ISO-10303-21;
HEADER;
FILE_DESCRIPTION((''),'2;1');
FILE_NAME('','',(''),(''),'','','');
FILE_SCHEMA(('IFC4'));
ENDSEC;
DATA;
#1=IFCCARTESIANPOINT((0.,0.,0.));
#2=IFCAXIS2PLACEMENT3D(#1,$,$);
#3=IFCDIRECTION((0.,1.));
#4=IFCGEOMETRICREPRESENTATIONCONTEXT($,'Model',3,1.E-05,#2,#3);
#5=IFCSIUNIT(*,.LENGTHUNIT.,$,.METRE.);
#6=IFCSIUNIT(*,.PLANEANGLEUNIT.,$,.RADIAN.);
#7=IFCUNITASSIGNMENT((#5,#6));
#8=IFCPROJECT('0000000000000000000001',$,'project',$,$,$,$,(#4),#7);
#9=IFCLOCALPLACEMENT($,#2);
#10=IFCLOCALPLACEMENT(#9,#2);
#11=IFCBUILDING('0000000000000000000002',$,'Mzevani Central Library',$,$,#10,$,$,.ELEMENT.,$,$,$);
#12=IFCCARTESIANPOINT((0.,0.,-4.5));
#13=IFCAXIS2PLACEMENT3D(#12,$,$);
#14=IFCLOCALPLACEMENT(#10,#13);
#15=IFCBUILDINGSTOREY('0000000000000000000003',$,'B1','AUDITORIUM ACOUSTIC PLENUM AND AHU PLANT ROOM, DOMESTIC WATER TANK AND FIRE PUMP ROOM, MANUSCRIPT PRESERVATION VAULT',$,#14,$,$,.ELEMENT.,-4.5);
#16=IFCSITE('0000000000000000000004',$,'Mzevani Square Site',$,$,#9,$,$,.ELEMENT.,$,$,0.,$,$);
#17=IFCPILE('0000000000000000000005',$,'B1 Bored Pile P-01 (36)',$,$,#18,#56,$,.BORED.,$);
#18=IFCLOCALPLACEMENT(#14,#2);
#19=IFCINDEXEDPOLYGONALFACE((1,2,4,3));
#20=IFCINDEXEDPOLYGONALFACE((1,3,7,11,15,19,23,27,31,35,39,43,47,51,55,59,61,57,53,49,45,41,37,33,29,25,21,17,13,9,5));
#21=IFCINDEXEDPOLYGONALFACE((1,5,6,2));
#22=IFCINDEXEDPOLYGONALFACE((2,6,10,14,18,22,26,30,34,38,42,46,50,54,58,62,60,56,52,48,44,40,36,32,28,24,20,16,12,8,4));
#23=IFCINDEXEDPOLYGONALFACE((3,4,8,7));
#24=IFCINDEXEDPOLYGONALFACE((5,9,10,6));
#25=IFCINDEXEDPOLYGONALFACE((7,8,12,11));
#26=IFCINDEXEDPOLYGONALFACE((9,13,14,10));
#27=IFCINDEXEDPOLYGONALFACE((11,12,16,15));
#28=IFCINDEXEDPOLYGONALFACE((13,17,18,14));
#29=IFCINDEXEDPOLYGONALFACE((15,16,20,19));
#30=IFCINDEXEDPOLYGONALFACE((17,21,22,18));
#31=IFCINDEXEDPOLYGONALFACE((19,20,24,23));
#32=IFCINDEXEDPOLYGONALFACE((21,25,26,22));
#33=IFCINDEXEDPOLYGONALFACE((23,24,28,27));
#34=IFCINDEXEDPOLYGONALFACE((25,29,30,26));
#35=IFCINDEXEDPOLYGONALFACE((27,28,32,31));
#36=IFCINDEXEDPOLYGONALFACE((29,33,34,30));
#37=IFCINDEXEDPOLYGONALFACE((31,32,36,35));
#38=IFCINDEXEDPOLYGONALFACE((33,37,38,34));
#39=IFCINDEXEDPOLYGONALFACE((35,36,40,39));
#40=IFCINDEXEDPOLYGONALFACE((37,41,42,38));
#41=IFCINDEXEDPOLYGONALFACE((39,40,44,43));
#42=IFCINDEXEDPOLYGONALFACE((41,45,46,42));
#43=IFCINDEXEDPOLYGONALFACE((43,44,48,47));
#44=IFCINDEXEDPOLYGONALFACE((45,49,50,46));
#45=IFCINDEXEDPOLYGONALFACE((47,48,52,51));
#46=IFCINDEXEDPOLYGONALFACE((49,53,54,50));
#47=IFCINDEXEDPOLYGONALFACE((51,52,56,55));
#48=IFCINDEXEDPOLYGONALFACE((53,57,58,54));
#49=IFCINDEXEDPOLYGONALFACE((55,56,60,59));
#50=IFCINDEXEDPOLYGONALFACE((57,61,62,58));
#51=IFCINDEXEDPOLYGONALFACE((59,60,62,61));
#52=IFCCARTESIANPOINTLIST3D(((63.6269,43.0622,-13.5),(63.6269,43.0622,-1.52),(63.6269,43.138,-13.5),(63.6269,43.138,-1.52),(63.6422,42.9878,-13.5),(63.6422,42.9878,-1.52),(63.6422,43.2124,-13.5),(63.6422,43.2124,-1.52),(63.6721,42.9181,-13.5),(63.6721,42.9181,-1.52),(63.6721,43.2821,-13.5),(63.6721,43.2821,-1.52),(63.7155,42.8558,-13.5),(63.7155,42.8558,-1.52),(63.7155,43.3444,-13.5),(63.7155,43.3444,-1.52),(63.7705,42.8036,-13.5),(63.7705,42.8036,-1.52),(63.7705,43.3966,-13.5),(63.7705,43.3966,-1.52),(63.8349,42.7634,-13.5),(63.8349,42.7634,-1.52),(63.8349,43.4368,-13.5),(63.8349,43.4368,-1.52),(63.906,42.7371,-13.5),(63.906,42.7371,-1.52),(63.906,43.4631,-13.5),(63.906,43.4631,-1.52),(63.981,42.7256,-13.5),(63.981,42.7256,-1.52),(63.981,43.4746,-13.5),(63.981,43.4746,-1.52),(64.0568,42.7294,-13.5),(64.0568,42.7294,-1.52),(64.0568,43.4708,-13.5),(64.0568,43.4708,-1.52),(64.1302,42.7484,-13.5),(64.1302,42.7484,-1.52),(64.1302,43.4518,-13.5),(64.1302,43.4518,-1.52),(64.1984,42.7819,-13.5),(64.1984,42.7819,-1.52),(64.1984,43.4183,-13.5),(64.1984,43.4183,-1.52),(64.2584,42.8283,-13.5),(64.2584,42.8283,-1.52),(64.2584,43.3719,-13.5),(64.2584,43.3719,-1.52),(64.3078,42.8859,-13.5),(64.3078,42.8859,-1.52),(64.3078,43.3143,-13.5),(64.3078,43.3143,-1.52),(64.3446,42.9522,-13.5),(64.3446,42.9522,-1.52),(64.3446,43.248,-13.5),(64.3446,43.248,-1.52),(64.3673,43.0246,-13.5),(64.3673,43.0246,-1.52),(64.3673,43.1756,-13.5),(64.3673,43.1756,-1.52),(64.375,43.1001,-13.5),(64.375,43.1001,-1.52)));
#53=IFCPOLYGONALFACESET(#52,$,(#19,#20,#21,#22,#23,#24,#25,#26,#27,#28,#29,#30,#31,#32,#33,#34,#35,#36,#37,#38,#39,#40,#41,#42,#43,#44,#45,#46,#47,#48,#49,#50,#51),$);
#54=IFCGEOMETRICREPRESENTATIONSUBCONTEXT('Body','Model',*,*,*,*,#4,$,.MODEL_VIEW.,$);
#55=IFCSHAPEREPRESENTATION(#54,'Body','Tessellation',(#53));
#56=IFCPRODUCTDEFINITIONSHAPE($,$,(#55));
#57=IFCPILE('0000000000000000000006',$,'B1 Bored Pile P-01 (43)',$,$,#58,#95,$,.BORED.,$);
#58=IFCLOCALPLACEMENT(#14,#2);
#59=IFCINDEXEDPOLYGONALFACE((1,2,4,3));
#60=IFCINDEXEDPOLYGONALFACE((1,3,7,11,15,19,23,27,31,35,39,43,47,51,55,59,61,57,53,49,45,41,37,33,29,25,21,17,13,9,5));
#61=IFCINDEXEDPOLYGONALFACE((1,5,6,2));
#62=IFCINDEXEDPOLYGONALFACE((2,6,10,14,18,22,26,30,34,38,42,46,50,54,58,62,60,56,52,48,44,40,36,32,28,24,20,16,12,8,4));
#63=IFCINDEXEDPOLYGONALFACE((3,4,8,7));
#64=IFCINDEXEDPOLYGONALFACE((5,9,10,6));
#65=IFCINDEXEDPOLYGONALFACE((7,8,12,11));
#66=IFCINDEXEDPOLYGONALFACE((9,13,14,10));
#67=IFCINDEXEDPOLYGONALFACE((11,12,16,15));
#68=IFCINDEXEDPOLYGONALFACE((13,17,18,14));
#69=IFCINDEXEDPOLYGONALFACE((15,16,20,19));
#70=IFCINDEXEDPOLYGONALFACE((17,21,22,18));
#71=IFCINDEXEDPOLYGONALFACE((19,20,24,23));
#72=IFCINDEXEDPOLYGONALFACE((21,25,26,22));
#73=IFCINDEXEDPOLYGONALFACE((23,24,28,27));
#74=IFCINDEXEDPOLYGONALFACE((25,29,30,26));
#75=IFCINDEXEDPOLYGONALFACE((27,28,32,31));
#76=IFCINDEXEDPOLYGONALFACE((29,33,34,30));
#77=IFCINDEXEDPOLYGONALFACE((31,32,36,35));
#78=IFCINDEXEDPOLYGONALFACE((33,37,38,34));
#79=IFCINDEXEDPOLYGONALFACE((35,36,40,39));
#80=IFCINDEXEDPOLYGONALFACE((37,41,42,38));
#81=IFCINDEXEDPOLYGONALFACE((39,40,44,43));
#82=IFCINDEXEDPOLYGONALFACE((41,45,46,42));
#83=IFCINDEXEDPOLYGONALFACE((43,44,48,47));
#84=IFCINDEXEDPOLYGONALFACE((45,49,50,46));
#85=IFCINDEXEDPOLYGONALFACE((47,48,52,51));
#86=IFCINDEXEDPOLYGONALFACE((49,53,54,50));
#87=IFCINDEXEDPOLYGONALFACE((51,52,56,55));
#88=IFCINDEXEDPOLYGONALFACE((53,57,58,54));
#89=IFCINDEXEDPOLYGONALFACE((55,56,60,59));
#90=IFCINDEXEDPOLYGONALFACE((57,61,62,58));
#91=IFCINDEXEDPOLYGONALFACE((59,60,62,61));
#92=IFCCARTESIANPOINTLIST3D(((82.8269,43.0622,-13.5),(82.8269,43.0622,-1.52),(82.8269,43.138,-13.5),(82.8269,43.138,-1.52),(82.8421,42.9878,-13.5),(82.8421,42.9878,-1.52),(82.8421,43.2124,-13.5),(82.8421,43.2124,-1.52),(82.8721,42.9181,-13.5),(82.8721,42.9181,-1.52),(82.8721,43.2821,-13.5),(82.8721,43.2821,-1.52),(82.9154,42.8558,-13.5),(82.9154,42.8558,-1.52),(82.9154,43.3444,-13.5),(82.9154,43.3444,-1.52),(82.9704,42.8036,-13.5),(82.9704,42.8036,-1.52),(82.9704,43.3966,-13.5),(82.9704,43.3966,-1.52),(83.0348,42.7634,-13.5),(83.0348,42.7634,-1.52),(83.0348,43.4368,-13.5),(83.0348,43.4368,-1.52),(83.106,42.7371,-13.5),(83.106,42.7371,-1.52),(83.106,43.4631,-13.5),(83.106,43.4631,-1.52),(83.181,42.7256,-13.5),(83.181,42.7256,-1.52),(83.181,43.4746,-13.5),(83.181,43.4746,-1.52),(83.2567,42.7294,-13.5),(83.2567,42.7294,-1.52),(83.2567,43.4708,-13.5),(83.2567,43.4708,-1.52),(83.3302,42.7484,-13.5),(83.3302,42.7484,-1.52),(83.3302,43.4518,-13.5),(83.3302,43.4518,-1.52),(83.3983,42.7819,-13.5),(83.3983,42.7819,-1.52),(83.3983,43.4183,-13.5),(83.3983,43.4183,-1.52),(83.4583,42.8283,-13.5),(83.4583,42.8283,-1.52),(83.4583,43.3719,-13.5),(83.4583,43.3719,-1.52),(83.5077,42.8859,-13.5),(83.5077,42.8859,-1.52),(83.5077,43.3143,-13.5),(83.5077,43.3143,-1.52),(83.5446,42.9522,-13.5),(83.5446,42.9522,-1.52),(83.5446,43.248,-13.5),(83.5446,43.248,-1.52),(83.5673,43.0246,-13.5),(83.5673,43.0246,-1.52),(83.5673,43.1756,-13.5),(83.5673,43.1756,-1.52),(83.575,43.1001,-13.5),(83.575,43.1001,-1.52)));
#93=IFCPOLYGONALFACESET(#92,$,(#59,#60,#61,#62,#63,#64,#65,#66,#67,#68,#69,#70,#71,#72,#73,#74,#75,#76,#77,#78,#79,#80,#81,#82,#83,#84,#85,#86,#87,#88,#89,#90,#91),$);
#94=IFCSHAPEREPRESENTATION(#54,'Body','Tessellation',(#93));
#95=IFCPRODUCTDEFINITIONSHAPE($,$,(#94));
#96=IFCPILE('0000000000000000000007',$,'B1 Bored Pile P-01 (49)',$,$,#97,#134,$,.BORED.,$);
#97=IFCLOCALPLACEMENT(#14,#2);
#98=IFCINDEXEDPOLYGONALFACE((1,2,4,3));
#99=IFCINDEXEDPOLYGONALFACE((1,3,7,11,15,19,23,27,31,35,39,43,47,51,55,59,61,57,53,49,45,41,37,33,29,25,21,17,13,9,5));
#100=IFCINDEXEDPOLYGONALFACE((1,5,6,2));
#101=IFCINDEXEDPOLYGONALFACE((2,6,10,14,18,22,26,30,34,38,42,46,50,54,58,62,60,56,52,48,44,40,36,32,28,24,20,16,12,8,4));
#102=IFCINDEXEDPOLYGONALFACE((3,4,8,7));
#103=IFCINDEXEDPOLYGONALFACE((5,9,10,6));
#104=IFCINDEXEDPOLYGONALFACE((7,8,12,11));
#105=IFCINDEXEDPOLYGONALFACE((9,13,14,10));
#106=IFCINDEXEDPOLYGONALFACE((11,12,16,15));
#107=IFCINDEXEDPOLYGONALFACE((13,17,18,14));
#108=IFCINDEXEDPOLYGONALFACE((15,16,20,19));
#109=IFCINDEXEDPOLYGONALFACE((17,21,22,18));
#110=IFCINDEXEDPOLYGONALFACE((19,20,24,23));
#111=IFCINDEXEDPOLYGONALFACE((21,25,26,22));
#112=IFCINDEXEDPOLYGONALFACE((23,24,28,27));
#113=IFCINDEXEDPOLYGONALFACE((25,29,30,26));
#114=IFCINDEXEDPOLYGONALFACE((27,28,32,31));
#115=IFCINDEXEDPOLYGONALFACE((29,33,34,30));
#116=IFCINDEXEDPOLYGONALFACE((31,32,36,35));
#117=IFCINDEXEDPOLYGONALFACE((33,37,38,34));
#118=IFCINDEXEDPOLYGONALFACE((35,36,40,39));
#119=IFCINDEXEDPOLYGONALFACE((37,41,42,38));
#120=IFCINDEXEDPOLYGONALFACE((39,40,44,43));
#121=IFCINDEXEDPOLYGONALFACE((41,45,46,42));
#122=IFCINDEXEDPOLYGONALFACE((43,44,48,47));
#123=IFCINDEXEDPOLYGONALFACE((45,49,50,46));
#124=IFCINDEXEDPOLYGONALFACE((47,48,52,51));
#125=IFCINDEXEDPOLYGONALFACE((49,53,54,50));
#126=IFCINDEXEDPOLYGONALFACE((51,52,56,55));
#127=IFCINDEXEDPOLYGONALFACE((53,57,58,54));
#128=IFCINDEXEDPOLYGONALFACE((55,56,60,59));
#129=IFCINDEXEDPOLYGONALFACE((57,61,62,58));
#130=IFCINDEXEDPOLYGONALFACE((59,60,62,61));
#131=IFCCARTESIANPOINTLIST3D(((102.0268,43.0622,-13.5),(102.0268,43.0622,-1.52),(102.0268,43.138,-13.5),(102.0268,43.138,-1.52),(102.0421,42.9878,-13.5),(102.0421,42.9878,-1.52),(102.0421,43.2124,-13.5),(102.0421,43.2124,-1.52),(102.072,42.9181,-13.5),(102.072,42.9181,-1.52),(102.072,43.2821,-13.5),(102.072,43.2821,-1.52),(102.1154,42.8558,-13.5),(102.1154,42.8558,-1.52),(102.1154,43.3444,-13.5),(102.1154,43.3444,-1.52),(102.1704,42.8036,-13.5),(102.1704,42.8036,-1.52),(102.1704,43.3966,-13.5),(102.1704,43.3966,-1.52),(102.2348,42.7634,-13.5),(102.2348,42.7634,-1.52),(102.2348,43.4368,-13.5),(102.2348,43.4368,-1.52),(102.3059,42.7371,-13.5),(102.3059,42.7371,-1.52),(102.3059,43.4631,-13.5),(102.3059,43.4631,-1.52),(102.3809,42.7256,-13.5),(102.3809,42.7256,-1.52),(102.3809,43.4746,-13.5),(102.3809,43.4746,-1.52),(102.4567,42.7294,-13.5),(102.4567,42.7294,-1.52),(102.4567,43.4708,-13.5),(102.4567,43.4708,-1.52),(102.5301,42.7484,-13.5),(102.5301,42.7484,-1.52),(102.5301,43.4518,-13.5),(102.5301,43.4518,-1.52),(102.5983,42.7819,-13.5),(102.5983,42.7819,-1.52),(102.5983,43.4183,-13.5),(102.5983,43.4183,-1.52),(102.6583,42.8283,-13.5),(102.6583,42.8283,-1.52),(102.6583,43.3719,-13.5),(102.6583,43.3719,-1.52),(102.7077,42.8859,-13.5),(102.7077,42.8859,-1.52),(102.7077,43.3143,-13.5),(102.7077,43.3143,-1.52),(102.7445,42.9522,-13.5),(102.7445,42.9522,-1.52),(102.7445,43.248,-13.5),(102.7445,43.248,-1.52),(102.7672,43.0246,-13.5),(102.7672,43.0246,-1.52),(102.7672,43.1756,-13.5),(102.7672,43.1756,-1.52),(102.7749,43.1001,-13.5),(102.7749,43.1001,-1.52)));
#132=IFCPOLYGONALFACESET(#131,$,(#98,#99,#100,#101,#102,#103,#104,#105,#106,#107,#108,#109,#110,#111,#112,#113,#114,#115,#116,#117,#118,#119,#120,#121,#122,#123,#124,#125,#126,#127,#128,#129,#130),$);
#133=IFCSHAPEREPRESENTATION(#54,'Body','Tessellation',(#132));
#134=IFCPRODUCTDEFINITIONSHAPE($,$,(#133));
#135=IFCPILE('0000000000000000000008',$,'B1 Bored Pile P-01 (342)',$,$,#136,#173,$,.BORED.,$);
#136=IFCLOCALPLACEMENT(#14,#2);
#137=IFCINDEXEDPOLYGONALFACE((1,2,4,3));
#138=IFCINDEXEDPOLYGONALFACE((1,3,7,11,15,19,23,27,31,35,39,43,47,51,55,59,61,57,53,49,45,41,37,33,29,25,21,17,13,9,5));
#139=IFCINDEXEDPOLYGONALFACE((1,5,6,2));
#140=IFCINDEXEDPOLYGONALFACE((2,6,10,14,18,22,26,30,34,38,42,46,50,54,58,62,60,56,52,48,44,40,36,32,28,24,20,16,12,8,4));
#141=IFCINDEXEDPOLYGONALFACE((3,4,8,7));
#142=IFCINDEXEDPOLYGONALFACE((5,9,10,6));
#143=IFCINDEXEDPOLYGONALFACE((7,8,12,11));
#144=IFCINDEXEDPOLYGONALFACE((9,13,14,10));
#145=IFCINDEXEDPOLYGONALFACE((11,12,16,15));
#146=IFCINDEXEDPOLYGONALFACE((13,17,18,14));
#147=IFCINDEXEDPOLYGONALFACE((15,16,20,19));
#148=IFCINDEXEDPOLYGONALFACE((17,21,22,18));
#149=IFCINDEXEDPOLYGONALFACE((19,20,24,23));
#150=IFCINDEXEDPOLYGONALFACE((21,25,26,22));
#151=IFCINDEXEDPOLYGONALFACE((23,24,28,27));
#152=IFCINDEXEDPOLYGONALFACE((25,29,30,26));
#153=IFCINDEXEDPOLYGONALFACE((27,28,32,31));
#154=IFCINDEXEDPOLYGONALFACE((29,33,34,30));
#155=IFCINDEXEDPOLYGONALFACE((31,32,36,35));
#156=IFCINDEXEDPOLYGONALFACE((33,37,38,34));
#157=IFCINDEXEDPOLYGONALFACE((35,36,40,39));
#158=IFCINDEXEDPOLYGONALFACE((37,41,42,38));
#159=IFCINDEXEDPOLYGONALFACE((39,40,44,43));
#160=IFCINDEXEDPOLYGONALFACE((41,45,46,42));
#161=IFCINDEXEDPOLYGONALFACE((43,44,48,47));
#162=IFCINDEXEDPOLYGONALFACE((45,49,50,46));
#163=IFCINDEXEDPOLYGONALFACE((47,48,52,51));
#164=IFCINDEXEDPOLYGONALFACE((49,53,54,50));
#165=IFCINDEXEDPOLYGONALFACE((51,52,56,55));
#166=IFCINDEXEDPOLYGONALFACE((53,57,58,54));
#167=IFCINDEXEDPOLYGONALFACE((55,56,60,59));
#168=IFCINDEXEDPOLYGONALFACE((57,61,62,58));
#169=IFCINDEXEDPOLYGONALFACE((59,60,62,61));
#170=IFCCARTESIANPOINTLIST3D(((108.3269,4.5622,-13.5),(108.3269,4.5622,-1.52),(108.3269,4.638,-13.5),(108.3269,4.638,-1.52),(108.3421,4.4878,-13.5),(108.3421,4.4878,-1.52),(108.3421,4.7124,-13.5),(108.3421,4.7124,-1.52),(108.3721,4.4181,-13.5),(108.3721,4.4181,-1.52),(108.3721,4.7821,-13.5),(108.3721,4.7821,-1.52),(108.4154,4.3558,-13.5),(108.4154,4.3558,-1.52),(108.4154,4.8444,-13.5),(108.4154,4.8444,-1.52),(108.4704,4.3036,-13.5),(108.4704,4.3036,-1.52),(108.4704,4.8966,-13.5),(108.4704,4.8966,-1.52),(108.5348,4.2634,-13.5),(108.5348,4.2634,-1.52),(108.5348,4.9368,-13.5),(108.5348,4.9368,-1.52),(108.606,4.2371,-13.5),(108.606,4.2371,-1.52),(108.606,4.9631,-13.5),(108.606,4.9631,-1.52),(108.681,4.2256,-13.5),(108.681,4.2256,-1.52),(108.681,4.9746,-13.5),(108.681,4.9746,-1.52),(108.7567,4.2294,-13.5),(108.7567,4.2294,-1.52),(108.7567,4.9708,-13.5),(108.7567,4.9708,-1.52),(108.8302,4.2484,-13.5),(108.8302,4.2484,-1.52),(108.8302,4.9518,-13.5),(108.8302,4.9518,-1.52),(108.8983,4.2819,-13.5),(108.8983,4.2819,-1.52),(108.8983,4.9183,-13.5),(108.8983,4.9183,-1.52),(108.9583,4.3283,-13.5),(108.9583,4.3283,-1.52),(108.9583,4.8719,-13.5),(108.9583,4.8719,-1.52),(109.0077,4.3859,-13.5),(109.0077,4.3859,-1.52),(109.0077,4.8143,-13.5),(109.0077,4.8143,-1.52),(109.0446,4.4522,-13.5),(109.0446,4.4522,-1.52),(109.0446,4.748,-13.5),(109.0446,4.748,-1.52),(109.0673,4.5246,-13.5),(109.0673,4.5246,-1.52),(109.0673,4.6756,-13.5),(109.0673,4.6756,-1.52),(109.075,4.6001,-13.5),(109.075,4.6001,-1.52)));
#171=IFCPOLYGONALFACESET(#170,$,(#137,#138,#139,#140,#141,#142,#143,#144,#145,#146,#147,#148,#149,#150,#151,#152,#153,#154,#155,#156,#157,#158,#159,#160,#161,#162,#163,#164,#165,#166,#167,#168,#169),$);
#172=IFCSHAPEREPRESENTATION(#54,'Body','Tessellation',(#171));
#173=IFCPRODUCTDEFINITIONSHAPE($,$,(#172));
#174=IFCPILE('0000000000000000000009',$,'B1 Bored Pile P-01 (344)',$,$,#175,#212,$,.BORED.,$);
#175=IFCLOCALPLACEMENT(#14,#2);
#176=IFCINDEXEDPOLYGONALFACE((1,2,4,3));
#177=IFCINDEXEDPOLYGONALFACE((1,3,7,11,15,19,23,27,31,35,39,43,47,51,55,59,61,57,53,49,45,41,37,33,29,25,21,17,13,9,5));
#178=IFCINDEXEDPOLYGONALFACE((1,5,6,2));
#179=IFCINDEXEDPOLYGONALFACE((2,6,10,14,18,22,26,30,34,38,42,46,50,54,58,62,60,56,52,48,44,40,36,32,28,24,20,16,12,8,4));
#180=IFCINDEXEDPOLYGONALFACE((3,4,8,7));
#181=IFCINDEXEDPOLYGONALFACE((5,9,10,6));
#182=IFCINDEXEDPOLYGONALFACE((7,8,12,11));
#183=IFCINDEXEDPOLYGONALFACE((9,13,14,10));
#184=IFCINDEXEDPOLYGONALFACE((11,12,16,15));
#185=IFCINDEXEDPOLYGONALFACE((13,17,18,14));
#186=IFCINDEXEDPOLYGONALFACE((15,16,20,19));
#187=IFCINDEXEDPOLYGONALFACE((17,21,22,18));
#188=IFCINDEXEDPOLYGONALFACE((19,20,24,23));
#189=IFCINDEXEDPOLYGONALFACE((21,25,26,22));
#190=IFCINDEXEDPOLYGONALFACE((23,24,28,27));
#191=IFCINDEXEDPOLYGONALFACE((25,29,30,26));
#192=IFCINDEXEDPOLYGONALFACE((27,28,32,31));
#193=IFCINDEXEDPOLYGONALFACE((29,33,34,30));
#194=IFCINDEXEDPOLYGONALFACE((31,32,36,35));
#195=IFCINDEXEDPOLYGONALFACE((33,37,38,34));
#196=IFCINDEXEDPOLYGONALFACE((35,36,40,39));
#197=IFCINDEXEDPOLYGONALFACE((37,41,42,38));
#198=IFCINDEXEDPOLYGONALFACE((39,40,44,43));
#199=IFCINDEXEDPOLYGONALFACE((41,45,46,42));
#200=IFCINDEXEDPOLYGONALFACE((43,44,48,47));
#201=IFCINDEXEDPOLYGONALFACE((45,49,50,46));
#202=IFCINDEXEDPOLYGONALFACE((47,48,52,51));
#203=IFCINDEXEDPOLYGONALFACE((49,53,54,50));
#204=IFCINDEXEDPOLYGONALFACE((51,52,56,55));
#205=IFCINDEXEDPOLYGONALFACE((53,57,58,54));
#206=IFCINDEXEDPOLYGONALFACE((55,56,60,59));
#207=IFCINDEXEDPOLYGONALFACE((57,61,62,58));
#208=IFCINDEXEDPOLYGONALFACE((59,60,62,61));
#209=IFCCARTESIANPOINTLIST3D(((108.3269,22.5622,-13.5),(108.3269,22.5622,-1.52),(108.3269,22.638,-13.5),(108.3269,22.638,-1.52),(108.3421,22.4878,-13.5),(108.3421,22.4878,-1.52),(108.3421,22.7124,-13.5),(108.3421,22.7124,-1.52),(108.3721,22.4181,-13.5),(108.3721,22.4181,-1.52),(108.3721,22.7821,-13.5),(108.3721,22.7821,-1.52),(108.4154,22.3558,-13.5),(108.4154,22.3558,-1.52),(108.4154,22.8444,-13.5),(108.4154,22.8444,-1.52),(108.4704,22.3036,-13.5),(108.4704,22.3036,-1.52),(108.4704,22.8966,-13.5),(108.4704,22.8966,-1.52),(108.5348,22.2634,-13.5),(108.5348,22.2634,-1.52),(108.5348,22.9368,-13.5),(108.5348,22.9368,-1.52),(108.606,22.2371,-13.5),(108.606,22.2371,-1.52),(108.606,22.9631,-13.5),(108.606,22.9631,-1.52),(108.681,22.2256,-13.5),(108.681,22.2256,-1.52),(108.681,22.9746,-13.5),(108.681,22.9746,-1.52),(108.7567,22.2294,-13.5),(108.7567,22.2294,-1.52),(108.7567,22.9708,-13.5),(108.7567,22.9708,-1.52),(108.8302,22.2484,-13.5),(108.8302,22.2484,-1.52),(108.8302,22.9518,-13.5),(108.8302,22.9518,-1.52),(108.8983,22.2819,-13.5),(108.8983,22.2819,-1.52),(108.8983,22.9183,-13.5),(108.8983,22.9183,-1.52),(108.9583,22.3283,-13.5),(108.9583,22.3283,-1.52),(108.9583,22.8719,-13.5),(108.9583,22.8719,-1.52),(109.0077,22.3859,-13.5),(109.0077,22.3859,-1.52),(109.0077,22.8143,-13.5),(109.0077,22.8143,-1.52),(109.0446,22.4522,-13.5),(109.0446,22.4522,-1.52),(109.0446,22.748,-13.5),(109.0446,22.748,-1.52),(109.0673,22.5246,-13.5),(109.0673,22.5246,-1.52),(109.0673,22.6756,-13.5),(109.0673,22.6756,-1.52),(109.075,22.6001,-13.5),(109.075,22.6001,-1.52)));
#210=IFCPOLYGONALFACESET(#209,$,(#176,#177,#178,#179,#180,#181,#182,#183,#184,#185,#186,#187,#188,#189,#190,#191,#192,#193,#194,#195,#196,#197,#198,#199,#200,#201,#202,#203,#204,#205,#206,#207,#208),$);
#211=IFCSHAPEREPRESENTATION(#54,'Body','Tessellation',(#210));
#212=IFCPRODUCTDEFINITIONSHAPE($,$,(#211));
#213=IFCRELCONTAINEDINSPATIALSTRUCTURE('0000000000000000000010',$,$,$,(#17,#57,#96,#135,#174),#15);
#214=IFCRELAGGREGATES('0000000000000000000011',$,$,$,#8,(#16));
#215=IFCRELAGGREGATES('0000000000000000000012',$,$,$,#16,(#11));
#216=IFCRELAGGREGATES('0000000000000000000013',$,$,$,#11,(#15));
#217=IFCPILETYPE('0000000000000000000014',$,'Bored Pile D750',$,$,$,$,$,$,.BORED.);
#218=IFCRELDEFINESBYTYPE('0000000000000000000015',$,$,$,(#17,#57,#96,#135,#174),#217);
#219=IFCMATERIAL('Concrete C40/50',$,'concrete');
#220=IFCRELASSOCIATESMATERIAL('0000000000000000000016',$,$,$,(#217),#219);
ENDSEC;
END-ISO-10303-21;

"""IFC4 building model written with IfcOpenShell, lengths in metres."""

from ifc_helpers import new_model, si_unit, direction, frame, origin, origin_2d, place, context, subcontext, project, spatial, circle, extrude, material, material_profile, profile_set, type_object, element, save


model = new_model("IFC4")

# Units and contexts
model_context = context("Model", 3, precision=1e-05, world=origin(), true_north=direction((0.0, 1.0)))
body_context = subcontext(model_context, "Body", "Model", "MODEL_VIEW")
ifc_project = project(units=[si_unit("LENGTHUNIT", "METRE"), si_unit("PLANEANGLEUNIT", "RADIAN")], contexts=[model_context])

# Site, building, storey
site_placement = place(None, origin())
site = spatial("IfcSite", under=ifc_project, at=site_placement, Name="Mzevani Square Site", CompositionType="ELEMENT", RefElevation=0.0)
building_placement = place(site_placement, origin())
building = spatial("IfcBuilding", under=site, at=building_placement, Name="Mzevani Central Library", CompositionType="ELEMENT")
storey_placement = place(building_placement, frame((0.0, 0.0, -4.5)))
storey = spatial("IfcBuildingStorey", under=building, at=storey_placement, Name="B1", Description="AUDITORIUM ACOUSTIC PLENUM AND AHU PLANT ROOM, DOMESTIC WATER TANK AND FIRE PUMP ROOM, MANUSCRIPT PRESERVATION VAULT", CompositionType="ELEMENT", Elevation=-4.5)

# Piles
ifc_material_1 = material(Name="Concrete C40/50", Category="concrete")
ifc_material_profile_1 = material_profile(ifc_material_1, circle(Radius=0.375, at=origin_2d()), Name="PILE D750")
ifc_profile_set_1 = profile_set([ifc_material_profile_1], Name="Concrete C40/50")
pile_type_1 = type_object("IfcPileType", Name="Bored Pile D750", PredefinedType="BORED", material=ifc_profile_set_1)
for number, where, z_axis, x_axis, name in (
    (1, (64.0, 43.1001, -1.52), (0.0, 0.0, -1.0), (1.0, 0.0, 0.0), "B1 Bored Pile P-01 (36)"),
    (2, (83.2, 43.1001, -1.52), (0.0, 0.0, -1.0), (1.0, 0.0, 0.0), "B1 Bored Pile P-01 (43)"),
    (3, (102.3999, 43.1001, -1.52), (0.0, 0.0, -1.0), (1.0, 0.0, 0.0), "B1 Bored Pile P-01 (49)"),
    (4, (108.7, 4.6001, -1.52), (0.0, 0.0, -1.0), (1.0, 0.0, 0.0), "B1 Bored Pile P-01 (342)"),
    (5, (108.7, 22.6001, -1.52), (0.0, 0.0, -1.0), (1.0, 0.0, 0.0), "B1 Bored Pile P-01 (344)"),
):
    element("IfcPile", number, at=place(storey_placement, frame(where, z_axis=z_axis, x_axis=x_axis)), inside=storey, type_object=pile_type_1, Name=name, PredefinedType="BORED", context=body_context, shape_type="SweptSolid", body=[
        extrude(circle(Radius=0.375, at=origin_2d()), origin(), (0.0, 0.0, 1.0), 11.98),
    ])

save(model, "model.ifc")
